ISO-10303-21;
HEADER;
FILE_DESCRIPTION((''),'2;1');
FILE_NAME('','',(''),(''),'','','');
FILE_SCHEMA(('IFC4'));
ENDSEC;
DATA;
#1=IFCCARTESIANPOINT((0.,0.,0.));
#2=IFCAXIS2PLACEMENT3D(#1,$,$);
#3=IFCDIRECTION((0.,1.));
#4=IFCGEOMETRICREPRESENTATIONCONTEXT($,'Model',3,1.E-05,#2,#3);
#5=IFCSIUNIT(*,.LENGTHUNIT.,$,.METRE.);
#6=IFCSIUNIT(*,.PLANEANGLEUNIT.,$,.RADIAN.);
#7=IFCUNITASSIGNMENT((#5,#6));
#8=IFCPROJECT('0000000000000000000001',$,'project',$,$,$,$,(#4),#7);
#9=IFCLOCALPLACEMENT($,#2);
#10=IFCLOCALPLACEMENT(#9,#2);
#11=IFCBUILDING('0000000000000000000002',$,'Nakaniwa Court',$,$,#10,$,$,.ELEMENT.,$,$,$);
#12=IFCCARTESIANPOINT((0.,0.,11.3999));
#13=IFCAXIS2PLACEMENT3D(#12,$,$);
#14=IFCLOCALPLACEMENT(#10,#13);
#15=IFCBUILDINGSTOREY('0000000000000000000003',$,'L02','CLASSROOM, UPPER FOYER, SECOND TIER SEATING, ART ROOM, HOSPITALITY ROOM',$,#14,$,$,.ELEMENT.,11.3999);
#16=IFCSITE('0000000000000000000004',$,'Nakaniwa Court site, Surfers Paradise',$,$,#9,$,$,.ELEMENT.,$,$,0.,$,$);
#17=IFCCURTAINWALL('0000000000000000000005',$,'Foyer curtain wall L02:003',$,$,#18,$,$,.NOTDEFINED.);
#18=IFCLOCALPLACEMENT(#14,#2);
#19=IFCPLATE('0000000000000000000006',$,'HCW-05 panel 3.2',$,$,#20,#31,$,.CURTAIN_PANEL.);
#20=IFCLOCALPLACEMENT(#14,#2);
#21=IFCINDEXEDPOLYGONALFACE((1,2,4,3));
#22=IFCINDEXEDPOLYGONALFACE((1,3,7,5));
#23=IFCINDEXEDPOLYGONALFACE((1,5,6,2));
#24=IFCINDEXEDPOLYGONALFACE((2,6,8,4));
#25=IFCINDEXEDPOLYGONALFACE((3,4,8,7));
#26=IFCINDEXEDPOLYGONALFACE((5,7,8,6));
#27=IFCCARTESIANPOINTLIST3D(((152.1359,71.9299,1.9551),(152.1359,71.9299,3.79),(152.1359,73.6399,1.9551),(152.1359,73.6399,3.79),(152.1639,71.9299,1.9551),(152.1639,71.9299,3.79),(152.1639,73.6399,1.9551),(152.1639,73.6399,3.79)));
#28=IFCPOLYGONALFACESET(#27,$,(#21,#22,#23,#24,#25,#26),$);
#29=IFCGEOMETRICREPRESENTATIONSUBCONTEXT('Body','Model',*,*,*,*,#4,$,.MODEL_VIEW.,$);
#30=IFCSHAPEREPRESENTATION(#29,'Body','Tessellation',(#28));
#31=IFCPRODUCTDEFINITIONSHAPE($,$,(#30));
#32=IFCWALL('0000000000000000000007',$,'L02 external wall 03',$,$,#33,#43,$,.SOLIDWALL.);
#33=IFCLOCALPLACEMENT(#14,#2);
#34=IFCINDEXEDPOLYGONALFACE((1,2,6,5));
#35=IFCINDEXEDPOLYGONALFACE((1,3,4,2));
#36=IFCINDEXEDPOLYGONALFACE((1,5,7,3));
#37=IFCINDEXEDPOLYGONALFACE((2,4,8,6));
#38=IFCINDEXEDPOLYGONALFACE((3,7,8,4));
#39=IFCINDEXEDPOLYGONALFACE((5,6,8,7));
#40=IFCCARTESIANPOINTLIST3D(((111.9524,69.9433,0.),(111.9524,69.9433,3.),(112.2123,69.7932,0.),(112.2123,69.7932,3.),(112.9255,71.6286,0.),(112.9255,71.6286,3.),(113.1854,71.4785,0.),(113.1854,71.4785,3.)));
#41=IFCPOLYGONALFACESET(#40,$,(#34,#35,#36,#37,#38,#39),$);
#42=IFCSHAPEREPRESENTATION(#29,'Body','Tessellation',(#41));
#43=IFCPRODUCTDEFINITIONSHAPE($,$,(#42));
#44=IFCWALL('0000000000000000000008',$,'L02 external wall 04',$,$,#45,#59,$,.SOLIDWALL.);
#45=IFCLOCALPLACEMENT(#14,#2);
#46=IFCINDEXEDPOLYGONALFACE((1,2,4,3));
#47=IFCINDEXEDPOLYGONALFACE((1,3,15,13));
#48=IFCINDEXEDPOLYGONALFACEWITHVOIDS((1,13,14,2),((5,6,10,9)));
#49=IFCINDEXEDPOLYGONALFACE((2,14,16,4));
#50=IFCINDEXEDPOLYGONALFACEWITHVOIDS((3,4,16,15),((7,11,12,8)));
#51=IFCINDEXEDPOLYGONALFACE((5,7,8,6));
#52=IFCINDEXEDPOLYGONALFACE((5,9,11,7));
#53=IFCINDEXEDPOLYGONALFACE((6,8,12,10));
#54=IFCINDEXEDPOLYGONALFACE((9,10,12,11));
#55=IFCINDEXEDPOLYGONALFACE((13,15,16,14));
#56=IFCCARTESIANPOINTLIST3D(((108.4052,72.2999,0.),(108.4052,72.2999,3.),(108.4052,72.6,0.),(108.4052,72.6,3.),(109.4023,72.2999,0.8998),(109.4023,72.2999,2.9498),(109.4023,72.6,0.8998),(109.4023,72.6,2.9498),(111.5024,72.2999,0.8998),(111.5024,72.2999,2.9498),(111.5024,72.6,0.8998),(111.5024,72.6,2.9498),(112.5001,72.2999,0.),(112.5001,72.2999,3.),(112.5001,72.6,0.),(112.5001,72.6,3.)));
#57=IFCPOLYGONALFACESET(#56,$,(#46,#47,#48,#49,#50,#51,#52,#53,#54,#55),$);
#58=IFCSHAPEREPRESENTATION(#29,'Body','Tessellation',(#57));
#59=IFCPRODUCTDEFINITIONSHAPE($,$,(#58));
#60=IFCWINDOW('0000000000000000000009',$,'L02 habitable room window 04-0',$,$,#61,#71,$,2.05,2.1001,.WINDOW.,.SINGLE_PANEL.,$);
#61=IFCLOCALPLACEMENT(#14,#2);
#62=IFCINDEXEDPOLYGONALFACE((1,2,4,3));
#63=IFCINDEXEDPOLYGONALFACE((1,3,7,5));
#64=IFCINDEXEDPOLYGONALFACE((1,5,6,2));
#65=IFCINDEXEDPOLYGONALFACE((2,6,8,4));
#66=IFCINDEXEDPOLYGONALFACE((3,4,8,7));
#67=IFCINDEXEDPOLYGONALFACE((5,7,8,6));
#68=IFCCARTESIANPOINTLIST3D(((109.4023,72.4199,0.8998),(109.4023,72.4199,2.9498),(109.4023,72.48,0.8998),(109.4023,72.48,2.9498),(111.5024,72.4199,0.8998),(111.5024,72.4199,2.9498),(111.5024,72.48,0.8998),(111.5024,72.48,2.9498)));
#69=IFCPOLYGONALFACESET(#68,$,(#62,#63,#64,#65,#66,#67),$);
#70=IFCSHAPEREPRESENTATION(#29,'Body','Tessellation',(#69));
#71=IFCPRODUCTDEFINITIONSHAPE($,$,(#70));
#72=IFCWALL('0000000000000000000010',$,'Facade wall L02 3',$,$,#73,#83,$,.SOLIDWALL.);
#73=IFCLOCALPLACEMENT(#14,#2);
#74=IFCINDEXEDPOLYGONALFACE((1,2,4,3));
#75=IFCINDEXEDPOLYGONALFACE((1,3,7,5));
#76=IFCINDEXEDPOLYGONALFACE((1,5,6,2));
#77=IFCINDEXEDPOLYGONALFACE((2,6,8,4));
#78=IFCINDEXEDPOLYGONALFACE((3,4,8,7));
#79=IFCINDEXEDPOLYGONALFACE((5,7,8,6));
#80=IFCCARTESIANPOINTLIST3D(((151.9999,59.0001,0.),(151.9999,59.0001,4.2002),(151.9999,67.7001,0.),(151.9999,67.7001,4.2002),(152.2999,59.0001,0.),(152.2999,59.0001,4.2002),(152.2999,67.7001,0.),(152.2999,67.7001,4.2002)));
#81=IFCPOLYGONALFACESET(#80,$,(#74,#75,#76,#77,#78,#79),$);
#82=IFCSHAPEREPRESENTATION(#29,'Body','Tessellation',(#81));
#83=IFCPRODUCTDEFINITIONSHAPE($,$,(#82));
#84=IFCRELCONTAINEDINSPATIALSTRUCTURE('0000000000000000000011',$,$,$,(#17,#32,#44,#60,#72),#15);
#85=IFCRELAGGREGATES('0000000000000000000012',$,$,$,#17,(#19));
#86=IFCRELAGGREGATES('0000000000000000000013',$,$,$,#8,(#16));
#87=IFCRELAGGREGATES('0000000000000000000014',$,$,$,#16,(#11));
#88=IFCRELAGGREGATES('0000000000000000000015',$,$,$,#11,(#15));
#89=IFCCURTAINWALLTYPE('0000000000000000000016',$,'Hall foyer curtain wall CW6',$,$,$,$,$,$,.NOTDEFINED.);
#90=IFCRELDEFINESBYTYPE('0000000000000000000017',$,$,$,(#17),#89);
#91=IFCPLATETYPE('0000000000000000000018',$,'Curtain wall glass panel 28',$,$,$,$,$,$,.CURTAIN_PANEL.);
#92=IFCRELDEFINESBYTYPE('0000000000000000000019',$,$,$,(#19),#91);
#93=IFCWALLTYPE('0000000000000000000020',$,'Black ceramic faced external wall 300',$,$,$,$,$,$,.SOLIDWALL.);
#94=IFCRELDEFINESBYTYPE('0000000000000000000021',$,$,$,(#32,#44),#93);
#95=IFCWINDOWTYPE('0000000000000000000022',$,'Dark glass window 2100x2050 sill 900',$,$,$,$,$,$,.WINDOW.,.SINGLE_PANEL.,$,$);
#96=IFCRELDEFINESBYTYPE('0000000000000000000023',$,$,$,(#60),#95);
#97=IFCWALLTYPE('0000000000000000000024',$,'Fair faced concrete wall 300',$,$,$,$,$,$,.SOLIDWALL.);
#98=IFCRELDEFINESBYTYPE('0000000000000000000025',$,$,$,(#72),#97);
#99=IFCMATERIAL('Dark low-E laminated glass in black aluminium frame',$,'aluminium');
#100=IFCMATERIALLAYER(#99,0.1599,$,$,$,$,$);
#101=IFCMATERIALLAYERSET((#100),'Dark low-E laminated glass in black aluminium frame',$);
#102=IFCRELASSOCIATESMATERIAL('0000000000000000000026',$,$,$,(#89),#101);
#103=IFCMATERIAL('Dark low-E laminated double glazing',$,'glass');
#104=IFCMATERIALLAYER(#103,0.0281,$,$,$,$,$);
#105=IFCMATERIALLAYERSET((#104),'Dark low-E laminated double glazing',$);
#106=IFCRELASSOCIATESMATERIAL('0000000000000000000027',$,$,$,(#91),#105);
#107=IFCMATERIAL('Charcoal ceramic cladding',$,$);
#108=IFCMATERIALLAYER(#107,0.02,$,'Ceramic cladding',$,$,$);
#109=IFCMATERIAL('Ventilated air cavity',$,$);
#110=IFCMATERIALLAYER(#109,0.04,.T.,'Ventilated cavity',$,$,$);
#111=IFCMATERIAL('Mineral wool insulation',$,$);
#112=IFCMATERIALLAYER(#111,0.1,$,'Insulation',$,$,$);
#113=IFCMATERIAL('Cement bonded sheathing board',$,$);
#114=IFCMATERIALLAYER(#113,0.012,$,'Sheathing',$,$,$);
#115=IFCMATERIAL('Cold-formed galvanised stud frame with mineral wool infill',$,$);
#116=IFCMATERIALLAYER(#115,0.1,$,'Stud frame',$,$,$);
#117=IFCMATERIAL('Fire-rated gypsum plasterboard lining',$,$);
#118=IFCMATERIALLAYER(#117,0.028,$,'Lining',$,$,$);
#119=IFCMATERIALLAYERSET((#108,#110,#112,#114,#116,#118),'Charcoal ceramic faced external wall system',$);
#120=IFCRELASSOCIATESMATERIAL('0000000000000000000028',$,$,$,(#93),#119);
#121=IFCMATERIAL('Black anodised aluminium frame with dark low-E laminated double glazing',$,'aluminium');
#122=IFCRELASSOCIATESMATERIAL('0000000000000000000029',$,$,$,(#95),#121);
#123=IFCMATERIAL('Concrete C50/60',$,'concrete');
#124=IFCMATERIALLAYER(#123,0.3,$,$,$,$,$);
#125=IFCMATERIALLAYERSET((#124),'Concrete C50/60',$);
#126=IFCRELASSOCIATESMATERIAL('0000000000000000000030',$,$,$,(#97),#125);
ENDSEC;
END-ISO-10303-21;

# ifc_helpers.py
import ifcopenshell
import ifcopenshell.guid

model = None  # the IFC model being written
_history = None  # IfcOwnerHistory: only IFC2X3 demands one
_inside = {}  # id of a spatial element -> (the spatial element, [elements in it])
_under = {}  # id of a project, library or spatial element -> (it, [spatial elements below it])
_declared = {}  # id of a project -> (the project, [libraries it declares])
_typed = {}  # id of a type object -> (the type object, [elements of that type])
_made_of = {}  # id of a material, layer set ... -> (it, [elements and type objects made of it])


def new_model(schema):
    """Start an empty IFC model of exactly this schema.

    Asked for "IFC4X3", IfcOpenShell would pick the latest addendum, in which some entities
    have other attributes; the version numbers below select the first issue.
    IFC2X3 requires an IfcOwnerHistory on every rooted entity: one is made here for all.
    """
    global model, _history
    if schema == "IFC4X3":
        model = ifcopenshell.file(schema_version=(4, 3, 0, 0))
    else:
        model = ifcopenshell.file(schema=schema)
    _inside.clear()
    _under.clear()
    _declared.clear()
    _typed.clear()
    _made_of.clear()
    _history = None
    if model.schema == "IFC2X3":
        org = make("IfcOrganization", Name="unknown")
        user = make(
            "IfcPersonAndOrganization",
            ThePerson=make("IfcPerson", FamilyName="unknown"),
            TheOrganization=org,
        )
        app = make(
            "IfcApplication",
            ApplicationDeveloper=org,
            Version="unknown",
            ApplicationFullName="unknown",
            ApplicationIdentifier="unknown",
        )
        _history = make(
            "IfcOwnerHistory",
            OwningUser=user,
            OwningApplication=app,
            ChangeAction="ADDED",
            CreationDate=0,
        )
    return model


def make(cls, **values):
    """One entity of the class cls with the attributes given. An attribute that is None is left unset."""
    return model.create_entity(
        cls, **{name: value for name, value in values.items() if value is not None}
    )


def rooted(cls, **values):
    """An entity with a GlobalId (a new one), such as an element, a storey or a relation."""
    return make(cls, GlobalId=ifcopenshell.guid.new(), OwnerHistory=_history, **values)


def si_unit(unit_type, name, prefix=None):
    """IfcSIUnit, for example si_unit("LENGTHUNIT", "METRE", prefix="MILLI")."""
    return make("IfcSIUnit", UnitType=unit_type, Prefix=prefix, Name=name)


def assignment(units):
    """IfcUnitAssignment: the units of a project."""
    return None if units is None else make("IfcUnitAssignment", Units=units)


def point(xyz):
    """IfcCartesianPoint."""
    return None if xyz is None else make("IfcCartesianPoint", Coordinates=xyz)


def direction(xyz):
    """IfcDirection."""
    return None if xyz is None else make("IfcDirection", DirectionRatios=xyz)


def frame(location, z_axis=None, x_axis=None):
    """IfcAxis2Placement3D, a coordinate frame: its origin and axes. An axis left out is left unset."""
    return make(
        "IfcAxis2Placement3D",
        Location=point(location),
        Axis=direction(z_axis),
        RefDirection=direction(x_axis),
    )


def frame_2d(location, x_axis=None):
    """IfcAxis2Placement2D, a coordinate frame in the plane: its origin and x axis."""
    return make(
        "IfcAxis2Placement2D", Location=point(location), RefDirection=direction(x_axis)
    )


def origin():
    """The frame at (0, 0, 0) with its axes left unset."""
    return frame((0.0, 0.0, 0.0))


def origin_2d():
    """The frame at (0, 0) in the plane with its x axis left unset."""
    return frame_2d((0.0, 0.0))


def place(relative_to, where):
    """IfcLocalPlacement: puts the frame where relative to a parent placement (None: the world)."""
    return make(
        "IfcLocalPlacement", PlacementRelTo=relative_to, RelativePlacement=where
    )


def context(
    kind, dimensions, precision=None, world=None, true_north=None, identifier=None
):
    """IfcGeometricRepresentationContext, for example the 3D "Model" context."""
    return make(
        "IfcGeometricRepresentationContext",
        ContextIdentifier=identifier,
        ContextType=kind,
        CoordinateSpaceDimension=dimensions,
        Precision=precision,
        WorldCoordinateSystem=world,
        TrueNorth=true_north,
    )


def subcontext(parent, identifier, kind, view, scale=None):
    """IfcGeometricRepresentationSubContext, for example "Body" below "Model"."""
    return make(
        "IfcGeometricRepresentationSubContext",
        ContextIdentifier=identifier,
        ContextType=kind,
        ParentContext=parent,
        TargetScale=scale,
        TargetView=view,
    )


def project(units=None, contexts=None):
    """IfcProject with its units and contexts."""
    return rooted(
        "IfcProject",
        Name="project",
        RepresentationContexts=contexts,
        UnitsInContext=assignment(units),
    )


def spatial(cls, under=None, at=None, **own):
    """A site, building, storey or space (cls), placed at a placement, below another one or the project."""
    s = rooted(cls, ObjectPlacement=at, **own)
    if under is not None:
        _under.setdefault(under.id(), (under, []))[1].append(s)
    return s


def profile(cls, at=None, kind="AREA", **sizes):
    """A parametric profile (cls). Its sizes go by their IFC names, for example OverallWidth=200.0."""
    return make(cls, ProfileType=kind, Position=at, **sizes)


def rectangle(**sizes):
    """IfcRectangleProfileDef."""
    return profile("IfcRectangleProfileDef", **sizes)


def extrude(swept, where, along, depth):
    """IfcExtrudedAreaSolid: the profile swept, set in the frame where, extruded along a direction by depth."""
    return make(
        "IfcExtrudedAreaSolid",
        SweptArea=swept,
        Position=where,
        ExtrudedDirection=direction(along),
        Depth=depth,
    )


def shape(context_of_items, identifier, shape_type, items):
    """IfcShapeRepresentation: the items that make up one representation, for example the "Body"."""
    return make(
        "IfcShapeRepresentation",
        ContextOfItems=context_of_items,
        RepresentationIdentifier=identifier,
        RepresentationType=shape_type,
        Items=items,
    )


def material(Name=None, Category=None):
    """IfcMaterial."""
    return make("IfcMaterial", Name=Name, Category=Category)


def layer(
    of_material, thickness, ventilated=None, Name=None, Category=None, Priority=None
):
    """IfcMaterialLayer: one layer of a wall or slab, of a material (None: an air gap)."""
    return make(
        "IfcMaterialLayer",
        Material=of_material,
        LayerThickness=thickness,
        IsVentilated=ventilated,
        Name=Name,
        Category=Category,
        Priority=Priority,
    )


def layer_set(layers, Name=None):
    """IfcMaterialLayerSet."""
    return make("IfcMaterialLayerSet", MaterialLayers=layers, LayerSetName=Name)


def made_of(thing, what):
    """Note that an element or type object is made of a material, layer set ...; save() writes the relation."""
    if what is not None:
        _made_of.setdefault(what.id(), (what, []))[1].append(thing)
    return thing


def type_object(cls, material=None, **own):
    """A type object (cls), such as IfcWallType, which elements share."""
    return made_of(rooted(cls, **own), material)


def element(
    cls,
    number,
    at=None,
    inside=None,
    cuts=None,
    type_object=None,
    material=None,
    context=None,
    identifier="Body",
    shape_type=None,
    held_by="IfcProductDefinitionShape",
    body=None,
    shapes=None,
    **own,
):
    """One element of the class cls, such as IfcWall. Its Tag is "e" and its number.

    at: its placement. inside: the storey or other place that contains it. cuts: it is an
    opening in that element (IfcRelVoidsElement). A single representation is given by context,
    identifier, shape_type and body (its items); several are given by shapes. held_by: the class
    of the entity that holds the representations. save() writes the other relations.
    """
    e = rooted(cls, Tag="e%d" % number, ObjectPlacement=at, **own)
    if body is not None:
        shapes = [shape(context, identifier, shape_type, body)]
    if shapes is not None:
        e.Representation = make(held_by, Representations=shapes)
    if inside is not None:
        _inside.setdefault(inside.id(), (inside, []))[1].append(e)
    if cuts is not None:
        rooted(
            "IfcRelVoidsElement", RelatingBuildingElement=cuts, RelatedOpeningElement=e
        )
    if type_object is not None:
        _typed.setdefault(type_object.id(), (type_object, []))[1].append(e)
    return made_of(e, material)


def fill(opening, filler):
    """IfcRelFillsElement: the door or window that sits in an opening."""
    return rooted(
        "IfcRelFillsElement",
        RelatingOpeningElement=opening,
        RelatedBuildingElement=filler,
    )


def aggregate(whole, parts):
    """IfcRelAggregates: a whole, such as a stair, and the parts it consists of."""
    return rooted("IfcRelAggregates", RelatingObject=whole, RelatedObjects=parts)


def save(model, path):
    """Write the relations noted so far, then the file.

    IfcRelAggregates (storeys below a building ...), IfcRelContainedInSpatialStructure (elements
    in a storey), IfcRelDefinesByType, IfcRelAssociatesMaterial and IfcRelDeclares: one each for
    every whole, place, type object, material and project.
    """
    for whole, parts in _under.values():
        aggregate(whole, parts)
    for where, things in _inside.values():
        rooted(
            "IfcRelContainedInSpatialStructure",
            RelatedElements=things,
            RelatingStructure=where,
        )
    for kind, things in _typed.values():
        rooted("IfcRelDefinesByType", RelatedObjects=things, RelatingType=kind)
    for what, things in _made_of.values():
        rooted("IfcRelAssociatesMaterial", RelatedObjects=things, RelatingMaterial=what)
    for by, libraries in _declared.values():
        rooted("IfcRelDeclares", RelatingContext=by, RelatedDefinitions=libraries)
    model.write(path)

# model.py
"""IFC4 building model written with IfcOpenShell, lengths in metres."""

from ifc_helpers import new_model, si_unit, direction, frame, frame_2d, origin, origin_2d, place, context, subcontext, project, spatial, rectangle, extrude, material, layer, layer_set, type_object, element, fill, aggregate, save


model = new_model("IFC4")

# Units and contexts
model_context = context("Model", 3, precision=1e-05, world=origin(), true_north=direction((0.0, 1.0)))
body_context = subcontext(model_context, "Body", "Model", "MODEL_VIEW")
ifc_project = project(units=[si_unit("LENGTHUNIT", "METRE"), si_unit("PLANEANGLEUNIT", "RADIAN")], contexts=[model_context])

# Site, building, storey
site_placement = place(None, origin())
site = spatial("IfcSite", under=ifc_project, at=site_placement, Name="Nakaniwa Court site, Surfers Paradise", CompositionType="ELEMENT", RefElevation=0.0)
building_placement = place(site_placement, origin())
building = spatial("IfcBuilding", under=site, at=building_placement, Name="Nakaniwa Court", CompositionType="ELEMENT")
storey_placement = place(building_placement, frame((0.0, 0.0, 11.3999)))
storey = spatial("IfcBuildingStorey", under=building, at=storey_placement, Name="L02", Description="CLASSROOM, UPPER FOYER, SECOND TIER SEATING, ART ROOM, HOSPITALITY ROOM", CompositionType="ELEMENT", Elevation=11.3999)

# Curtain wall
ifc_material_1 = material(Name="Dark low-E laminated glass in black aluminium frame", Category="aluminium")
ifc_layer_1 = layer(ifc_material_1, 0.1599)
ifc_layer_set_1 = layer_set([ifc_layer_1], Name="Dark low-E laminated glass in black aluminium frame")
curtain_wall_type_1 = type_object("IfcCurtainWallType", Name="Hall foyer curtain wall CW6", PredefinedType="NOTDEFINED", material=ifc_layer_set_1)
curtain_wall_1_placement = place(storey_placement, origin())
curtain_wall_1 = element("IfcCurtainWall", 1, at=curtain_wall_1_placement, inside=storey, type_object=curtain_wall_type_1, Name="Foyer curtain wall L02:003", PredefinedType="NOTDEFINED")

# Shared definitions
ifc_material_2 = material(Name="Black anodised aluminium frame with dark low-E laminated double glazing", Category="aluminium")

# Plate
ifc_material_3 = material(Name="Dark low-E laminated double glazing", Category="glass")
ifc_layer_2 = layer(ifc_material_3, 0.0281)
ifc_layer_set_2 = layer_set([ifc_layer_2], Name="Dark low-E laminated double glazing")
plate_type = type_object("IfcPlateType", Name="Curtain wall glass panel 28", PredefinedType="CURTAIN_PANEL", material=ifc_layer_set_2)
plate_1_placement = place(storey_placement, frame((152.1499, 72.7849, 1.9551), z_axis=(0.0, 0.0, 1.0), x_axis=(0.0, 1.0, 0.0)))
plate_1 = element("IfcPlate", 2, at=plate_1_placement, type_object=plate_type, Name="HCW-05 panel 3.2", PredefinedType="CURTAIN_PANEL", context=body_context, shape_type="SweptSolid", body=[
    extrude(rectangle(XDim=1.71, YDim=0.0281, at=origin_2d()), origin(), (0.0, 0.0, 1.0), 1.835),
])
aggregate(curtain_wall_1, [plate_1])

# Wall
ifc_material_4 = material(Name="Charcoal ceramic cladding")
ifc_layer_3 = layer(ifc_material_4, 0.02, Name="Ceramic cladding")
ifc_material_5 = material(Name="Ventilated air cavity")
ifc_layer_4 = layer(ifc_material_5, 0.04, ventilated=True, Name="Ventilated cavity")
ifc_material_6 = material(Name="Mineral wool insulation")
ifc_layer_5 = layer(ifc_material_6, 0.1, Name="Insulation")
ifc_material_7 = material(Name="Cement bonded sheathing board")
ifc_layer_6 = layer(ifc_material_7, 0.012, Name="Sheathing")
ifc_material_8 = material(Name="Cold-formed galvanised stud frame with mineral wool infill")
ifc_layer_7 = layer(ifc_material_8, 0.1, Name="Stud frame")
ifc_material_9 = material(Name="Fire-rated gypsum plasterboard lining")
ifc_layer_8 = layer(ifc_material_9, 0.028, Name="Lining")
ifc_layer_set_3 = layer_set([ifc_layer_3, ifc_layer_4, ifc_layer_5, ifc_layer_6, ifc_layer_7, ifc_layer_8], Name="Charcoal ceramic faced external wall system")
wall_type_1 = type_object("IfcWallType", Name="Black ceramic faced external wall 300", PredefinedType="SOLIDWALL", material=ifc_layer_set_3)
wall_1_placement = place(storey_placement, frame((112.0823, 69.8682, 0.0), z_axis=(0.0, 0.0, 1.0), x_axis=(0.500052, 0.865995, 0.0)))
element("IfcWall", 3, at=wall_1_placement, inside=storey, type_object=wall_type_1, Name="L02 external wall 03", PredefinedType="SOLIDWALL", context=body_context, shape_type="SweptSolid", body=[
    extrude(rectangle(XDim=1.946, YDim=0.3, at=frame_2d((0.9731, 0.0))), origin(), (0.0, 0.0, 1.0), 3.0),
])

# Wall, opening, window
wall_2_placement = place(storey_placement, frame((112.5, 72.45, 0.0), z_axis=(0.0, 0.0, 1.0), x_axis=(-1.0, 0.0, 0.0)))
wall_2 = element("IfcWall", 4, at=wall_2_placement, inside=storey, type_object=wall_type_1, Name="L02 external wall 04", PredefinedType="SOLIDWALL", context=body_context, shape_type="SweptSolid", body=[
    extrude(rectangle(XDim=4.095, YDim=0.3, at=frame_2d((2.0474, 0.0))), origin(), (0.0, 0.0, 1.0), 3.0),
])
opening_placement = place(wall_2_placement, frame((0.9976, 0.0, 0.8999)))
opening = element("IfcOpeningElement", 5, at=opening_placement, cuts=wall_2, PredefinedType="OPENING", context=body_context, shape_type="SweptSolid", body=[
    extrude(rectangle(XDim=2.1001, YDim=2.05, at=frame_2d((1.05, 1.0249))), frame((0.0, 0.1599, 0.0), z_axis=(0.0, -1.0, 0.0), x_axis=(1.0, 0.0, 0.0)), (0.0, 0.0, 1.0), 0.3201),
])
window_type = type_object("IfcWindowType", Name="Dark glass window 2100x2050 sill 900", PartitioningType="SINGLE_PANEL", PredefinedType="WINDOW", material=ifc_material_2)
window_placement = place(opening_placement, origin())
window = element("IfcWindow", 6, at=window_placement, inside=storey, type_object=window_type, Name="L02 habitable room window 04-0", OverallHeight=2.05, OverallWidth=2.1001, PartitioningType="SINGLE_PANEL", PredefinedType="WINDOW", context=body_context, shape_type="SweptSolid", body=[
    extrude(rectangle(XDim=2.1001, YDim=2.05, at=frame_2d((1.05, 1.0249))), frame((0.0, 0.03, 0.0), z_axis=(0.0, -1.0, 0.0), x_axis=(1.0, 0.0, 0.0)), (0.0, 0.0, 1.0), 0.0601),
])
fill(opening, window)

# Wall
ifc_material_10 = material(Name="Concrete C50/60", Category="concrete")
ifc_layer_9 = layer(ifc_material_10, 0.3)
ifc_layer_set_4 = layer_set([ifc_layer_9], Name="Concrete C50/60")
wall_type_2 = type_object("IfcWallType", Name="Fair faced concrete wall 300", PredefinedType="SOLIDWALL", material=ifc_layer_set_4)
wall_3_placement = place(storey_placement, frame((152.1499, 59.0, 0.0), z_axis=(0.0, 0.0, 1.0), x_axis=(0.0, 1.0, 0.0)))
element("IfcWall", 7, at=wall_3_placement, inside=storey, type_object=wall_type_2, Name="Facade wall L02 3", PredefinedType="SOLIDWALL", context=body_context, shape_type="SweptSolid", body=[
    extrude(rectangle(XDim=8.7, YDim=0.3, at=frame_2d((4.3501, 0.0))), origin(), (0.0, 0.0, 1.0), 4.2002),
])

save(model, "model.ifc")
